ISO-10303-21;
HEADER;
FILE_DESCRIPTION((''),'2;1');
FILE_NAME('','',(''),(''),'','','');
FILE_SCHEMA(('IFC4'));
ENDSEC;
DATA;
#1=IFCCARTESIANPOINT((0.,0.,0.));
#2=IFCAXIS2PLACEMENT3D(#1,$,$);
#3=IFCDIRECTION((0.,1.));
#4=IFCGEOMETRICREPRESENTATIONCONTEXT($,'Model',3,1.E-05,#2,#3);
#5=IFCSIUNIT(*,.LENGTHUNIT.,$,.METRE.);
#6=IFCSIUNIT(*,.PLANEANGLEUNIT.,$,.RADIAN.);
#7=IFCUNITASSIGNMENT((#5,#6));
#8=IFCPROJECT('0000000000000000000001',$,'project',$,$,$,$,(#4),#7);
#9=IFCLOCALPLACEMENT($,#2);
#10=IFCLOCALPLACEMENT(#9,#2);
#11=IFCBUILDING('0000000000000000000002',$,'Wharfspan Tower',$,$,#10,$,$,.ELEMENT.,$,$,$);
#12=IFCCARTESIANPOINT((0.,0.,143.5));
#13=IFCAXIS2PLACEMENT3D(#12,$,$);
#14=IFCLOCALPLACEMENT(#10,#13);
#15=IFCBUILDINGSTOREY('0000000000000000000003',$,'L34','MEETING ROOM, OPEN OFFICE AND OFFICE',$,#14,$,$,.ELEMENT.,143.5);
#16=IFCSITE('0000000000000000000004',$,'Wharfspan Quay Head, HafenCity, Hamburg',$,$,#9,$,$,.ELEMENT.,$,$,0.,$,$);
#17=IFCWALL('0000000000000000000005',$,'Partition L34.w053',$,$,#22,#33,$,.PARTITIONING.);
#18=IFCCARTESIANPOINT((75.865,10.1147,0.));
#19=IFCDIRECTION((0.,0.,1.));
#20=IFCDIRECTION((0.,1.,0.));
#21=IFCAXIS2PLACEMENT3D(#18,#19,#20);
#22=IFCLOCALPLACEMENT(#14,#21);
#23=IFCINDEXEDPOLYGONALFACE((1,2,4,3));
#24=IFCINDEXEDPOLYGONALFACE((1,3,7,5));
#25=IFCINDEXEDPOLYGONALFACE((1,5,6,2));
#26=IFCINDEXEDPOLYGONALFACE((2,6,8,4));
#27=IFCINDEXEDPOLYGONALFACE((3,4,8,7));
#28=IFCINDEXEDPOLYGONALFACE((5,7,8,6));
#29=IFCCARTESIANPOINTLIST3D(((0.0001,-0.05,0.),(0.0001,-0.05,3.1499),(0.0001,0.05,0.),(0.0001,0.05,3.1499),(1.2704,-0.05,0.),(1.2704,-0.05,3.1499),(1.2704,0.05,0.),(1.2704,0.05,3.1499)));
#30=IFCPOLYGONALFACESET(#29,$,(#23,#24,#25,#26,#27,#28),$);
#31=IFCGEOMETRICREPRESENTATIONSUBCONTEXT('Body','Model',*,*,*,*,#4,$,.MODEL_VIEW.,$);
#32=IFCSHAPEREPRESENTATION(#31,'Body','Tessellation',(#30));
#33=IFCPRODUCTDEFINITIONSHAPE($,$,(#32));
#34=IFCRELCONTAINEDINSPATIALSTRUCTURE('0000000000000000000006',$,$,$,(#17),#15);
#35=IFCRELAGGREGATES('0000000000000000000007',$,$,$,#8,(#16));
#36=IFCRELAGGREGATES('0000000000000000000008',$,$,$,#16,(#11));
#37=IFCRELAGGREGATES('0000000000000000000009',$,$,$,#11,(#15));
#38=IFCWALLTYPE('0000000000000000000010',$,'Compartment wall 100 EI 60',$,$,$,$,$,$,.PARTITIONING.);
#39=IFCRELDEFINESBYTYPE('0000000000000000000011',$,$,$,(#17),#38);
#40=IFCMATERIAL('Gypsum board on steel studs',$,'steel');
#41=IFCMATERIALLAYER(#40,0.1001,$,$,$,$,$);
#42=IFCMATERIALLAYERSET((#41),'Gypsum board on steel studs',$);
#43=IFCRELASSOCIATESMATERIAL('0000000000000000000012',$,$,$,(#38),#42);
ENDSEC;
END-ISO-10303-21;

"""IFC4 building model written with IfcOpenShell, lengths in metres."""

from ifc_helpers import new_model, si_unit, direction, frame, frame_2d, origin, place, context, subcontext, project, spatial, rectangle, extrude, material, layer, layer_set, type_object, element, save


model = new_model("IFC4")

# Units and contexts
model_context = context("Model", 3, precision=1e-05, world=origin(), true_north=direction((0.0, 1.0)))
body_context = subcontext(model_context, "Body", "Model", "MODEL_VIEW")
ifc_project = project(units=[si_unit("LENGTHUNIT", "METRE"), si_unit("PLANEANGLEUNIT", "RADIAN")], contexts=[model_context])

# Site, building, storey
site_placement = place(None, origin())
site = spatial("IfcSite", under=ifc_project, at=site_placement, Name="Wharfspan Quay Head, HafenCity, Hamburg", CompositionType="ELEMENT", RefElevation=0.0)
building_placement = place(site_placement, origin())
building = spatial("IfcBuilding", under=site, at=building_placement, Name="Wharfspan Tower", CompositionType="ELEMENT")
storey_placement = place(building_placement, frame((0.0, 0.0, 143.5)))
storey = spatial("IfcBuildingStorey", under=building, at=storey_placement, Name="L34", Description="MEETING ROOM, OPEN OFFICE AND OFFICE", CompositionType="ELEMENT", Elevation=143.5)

# Wall
ifc_material_1 = material(Name="Gypsum board on steel studs", Category="steel")
ifc_layer_1 = layer(ifc_material_1, 0.1001)
ifc_layer_set_1 = layer_set([ifc_layer_1], Name="Gypsum board on steel studs")
wall_type_1 = type_object("IfcWallType", Name="Compartment wall 100 EI 60", PredefinedType="PARTITIONING", material=ifc_layer_set_1)
wall_1_placement = place(storey_placement, frame((75.865, 10.1147, 0.0), z_axis=(0.0, 0.0, 1.0), x_axis=(0.0, 1.0, 0.0)))
element("IfcWall", 1, at=wall_1_placement, inside=storey, type_object=wall_type_1, Name="Partition L34.w053", PredefinedType="PARTITIONING", context=body_context, shape_type="SweptSolid", body=[
    extrude(rectangle(XDim=1.2703, YDim=0.1001, at=frame_2d((0.6353, 0.0))), origin(), (0.0, 0.0, 1.0), 3.1499),
])

save(model, "model.ifc")
